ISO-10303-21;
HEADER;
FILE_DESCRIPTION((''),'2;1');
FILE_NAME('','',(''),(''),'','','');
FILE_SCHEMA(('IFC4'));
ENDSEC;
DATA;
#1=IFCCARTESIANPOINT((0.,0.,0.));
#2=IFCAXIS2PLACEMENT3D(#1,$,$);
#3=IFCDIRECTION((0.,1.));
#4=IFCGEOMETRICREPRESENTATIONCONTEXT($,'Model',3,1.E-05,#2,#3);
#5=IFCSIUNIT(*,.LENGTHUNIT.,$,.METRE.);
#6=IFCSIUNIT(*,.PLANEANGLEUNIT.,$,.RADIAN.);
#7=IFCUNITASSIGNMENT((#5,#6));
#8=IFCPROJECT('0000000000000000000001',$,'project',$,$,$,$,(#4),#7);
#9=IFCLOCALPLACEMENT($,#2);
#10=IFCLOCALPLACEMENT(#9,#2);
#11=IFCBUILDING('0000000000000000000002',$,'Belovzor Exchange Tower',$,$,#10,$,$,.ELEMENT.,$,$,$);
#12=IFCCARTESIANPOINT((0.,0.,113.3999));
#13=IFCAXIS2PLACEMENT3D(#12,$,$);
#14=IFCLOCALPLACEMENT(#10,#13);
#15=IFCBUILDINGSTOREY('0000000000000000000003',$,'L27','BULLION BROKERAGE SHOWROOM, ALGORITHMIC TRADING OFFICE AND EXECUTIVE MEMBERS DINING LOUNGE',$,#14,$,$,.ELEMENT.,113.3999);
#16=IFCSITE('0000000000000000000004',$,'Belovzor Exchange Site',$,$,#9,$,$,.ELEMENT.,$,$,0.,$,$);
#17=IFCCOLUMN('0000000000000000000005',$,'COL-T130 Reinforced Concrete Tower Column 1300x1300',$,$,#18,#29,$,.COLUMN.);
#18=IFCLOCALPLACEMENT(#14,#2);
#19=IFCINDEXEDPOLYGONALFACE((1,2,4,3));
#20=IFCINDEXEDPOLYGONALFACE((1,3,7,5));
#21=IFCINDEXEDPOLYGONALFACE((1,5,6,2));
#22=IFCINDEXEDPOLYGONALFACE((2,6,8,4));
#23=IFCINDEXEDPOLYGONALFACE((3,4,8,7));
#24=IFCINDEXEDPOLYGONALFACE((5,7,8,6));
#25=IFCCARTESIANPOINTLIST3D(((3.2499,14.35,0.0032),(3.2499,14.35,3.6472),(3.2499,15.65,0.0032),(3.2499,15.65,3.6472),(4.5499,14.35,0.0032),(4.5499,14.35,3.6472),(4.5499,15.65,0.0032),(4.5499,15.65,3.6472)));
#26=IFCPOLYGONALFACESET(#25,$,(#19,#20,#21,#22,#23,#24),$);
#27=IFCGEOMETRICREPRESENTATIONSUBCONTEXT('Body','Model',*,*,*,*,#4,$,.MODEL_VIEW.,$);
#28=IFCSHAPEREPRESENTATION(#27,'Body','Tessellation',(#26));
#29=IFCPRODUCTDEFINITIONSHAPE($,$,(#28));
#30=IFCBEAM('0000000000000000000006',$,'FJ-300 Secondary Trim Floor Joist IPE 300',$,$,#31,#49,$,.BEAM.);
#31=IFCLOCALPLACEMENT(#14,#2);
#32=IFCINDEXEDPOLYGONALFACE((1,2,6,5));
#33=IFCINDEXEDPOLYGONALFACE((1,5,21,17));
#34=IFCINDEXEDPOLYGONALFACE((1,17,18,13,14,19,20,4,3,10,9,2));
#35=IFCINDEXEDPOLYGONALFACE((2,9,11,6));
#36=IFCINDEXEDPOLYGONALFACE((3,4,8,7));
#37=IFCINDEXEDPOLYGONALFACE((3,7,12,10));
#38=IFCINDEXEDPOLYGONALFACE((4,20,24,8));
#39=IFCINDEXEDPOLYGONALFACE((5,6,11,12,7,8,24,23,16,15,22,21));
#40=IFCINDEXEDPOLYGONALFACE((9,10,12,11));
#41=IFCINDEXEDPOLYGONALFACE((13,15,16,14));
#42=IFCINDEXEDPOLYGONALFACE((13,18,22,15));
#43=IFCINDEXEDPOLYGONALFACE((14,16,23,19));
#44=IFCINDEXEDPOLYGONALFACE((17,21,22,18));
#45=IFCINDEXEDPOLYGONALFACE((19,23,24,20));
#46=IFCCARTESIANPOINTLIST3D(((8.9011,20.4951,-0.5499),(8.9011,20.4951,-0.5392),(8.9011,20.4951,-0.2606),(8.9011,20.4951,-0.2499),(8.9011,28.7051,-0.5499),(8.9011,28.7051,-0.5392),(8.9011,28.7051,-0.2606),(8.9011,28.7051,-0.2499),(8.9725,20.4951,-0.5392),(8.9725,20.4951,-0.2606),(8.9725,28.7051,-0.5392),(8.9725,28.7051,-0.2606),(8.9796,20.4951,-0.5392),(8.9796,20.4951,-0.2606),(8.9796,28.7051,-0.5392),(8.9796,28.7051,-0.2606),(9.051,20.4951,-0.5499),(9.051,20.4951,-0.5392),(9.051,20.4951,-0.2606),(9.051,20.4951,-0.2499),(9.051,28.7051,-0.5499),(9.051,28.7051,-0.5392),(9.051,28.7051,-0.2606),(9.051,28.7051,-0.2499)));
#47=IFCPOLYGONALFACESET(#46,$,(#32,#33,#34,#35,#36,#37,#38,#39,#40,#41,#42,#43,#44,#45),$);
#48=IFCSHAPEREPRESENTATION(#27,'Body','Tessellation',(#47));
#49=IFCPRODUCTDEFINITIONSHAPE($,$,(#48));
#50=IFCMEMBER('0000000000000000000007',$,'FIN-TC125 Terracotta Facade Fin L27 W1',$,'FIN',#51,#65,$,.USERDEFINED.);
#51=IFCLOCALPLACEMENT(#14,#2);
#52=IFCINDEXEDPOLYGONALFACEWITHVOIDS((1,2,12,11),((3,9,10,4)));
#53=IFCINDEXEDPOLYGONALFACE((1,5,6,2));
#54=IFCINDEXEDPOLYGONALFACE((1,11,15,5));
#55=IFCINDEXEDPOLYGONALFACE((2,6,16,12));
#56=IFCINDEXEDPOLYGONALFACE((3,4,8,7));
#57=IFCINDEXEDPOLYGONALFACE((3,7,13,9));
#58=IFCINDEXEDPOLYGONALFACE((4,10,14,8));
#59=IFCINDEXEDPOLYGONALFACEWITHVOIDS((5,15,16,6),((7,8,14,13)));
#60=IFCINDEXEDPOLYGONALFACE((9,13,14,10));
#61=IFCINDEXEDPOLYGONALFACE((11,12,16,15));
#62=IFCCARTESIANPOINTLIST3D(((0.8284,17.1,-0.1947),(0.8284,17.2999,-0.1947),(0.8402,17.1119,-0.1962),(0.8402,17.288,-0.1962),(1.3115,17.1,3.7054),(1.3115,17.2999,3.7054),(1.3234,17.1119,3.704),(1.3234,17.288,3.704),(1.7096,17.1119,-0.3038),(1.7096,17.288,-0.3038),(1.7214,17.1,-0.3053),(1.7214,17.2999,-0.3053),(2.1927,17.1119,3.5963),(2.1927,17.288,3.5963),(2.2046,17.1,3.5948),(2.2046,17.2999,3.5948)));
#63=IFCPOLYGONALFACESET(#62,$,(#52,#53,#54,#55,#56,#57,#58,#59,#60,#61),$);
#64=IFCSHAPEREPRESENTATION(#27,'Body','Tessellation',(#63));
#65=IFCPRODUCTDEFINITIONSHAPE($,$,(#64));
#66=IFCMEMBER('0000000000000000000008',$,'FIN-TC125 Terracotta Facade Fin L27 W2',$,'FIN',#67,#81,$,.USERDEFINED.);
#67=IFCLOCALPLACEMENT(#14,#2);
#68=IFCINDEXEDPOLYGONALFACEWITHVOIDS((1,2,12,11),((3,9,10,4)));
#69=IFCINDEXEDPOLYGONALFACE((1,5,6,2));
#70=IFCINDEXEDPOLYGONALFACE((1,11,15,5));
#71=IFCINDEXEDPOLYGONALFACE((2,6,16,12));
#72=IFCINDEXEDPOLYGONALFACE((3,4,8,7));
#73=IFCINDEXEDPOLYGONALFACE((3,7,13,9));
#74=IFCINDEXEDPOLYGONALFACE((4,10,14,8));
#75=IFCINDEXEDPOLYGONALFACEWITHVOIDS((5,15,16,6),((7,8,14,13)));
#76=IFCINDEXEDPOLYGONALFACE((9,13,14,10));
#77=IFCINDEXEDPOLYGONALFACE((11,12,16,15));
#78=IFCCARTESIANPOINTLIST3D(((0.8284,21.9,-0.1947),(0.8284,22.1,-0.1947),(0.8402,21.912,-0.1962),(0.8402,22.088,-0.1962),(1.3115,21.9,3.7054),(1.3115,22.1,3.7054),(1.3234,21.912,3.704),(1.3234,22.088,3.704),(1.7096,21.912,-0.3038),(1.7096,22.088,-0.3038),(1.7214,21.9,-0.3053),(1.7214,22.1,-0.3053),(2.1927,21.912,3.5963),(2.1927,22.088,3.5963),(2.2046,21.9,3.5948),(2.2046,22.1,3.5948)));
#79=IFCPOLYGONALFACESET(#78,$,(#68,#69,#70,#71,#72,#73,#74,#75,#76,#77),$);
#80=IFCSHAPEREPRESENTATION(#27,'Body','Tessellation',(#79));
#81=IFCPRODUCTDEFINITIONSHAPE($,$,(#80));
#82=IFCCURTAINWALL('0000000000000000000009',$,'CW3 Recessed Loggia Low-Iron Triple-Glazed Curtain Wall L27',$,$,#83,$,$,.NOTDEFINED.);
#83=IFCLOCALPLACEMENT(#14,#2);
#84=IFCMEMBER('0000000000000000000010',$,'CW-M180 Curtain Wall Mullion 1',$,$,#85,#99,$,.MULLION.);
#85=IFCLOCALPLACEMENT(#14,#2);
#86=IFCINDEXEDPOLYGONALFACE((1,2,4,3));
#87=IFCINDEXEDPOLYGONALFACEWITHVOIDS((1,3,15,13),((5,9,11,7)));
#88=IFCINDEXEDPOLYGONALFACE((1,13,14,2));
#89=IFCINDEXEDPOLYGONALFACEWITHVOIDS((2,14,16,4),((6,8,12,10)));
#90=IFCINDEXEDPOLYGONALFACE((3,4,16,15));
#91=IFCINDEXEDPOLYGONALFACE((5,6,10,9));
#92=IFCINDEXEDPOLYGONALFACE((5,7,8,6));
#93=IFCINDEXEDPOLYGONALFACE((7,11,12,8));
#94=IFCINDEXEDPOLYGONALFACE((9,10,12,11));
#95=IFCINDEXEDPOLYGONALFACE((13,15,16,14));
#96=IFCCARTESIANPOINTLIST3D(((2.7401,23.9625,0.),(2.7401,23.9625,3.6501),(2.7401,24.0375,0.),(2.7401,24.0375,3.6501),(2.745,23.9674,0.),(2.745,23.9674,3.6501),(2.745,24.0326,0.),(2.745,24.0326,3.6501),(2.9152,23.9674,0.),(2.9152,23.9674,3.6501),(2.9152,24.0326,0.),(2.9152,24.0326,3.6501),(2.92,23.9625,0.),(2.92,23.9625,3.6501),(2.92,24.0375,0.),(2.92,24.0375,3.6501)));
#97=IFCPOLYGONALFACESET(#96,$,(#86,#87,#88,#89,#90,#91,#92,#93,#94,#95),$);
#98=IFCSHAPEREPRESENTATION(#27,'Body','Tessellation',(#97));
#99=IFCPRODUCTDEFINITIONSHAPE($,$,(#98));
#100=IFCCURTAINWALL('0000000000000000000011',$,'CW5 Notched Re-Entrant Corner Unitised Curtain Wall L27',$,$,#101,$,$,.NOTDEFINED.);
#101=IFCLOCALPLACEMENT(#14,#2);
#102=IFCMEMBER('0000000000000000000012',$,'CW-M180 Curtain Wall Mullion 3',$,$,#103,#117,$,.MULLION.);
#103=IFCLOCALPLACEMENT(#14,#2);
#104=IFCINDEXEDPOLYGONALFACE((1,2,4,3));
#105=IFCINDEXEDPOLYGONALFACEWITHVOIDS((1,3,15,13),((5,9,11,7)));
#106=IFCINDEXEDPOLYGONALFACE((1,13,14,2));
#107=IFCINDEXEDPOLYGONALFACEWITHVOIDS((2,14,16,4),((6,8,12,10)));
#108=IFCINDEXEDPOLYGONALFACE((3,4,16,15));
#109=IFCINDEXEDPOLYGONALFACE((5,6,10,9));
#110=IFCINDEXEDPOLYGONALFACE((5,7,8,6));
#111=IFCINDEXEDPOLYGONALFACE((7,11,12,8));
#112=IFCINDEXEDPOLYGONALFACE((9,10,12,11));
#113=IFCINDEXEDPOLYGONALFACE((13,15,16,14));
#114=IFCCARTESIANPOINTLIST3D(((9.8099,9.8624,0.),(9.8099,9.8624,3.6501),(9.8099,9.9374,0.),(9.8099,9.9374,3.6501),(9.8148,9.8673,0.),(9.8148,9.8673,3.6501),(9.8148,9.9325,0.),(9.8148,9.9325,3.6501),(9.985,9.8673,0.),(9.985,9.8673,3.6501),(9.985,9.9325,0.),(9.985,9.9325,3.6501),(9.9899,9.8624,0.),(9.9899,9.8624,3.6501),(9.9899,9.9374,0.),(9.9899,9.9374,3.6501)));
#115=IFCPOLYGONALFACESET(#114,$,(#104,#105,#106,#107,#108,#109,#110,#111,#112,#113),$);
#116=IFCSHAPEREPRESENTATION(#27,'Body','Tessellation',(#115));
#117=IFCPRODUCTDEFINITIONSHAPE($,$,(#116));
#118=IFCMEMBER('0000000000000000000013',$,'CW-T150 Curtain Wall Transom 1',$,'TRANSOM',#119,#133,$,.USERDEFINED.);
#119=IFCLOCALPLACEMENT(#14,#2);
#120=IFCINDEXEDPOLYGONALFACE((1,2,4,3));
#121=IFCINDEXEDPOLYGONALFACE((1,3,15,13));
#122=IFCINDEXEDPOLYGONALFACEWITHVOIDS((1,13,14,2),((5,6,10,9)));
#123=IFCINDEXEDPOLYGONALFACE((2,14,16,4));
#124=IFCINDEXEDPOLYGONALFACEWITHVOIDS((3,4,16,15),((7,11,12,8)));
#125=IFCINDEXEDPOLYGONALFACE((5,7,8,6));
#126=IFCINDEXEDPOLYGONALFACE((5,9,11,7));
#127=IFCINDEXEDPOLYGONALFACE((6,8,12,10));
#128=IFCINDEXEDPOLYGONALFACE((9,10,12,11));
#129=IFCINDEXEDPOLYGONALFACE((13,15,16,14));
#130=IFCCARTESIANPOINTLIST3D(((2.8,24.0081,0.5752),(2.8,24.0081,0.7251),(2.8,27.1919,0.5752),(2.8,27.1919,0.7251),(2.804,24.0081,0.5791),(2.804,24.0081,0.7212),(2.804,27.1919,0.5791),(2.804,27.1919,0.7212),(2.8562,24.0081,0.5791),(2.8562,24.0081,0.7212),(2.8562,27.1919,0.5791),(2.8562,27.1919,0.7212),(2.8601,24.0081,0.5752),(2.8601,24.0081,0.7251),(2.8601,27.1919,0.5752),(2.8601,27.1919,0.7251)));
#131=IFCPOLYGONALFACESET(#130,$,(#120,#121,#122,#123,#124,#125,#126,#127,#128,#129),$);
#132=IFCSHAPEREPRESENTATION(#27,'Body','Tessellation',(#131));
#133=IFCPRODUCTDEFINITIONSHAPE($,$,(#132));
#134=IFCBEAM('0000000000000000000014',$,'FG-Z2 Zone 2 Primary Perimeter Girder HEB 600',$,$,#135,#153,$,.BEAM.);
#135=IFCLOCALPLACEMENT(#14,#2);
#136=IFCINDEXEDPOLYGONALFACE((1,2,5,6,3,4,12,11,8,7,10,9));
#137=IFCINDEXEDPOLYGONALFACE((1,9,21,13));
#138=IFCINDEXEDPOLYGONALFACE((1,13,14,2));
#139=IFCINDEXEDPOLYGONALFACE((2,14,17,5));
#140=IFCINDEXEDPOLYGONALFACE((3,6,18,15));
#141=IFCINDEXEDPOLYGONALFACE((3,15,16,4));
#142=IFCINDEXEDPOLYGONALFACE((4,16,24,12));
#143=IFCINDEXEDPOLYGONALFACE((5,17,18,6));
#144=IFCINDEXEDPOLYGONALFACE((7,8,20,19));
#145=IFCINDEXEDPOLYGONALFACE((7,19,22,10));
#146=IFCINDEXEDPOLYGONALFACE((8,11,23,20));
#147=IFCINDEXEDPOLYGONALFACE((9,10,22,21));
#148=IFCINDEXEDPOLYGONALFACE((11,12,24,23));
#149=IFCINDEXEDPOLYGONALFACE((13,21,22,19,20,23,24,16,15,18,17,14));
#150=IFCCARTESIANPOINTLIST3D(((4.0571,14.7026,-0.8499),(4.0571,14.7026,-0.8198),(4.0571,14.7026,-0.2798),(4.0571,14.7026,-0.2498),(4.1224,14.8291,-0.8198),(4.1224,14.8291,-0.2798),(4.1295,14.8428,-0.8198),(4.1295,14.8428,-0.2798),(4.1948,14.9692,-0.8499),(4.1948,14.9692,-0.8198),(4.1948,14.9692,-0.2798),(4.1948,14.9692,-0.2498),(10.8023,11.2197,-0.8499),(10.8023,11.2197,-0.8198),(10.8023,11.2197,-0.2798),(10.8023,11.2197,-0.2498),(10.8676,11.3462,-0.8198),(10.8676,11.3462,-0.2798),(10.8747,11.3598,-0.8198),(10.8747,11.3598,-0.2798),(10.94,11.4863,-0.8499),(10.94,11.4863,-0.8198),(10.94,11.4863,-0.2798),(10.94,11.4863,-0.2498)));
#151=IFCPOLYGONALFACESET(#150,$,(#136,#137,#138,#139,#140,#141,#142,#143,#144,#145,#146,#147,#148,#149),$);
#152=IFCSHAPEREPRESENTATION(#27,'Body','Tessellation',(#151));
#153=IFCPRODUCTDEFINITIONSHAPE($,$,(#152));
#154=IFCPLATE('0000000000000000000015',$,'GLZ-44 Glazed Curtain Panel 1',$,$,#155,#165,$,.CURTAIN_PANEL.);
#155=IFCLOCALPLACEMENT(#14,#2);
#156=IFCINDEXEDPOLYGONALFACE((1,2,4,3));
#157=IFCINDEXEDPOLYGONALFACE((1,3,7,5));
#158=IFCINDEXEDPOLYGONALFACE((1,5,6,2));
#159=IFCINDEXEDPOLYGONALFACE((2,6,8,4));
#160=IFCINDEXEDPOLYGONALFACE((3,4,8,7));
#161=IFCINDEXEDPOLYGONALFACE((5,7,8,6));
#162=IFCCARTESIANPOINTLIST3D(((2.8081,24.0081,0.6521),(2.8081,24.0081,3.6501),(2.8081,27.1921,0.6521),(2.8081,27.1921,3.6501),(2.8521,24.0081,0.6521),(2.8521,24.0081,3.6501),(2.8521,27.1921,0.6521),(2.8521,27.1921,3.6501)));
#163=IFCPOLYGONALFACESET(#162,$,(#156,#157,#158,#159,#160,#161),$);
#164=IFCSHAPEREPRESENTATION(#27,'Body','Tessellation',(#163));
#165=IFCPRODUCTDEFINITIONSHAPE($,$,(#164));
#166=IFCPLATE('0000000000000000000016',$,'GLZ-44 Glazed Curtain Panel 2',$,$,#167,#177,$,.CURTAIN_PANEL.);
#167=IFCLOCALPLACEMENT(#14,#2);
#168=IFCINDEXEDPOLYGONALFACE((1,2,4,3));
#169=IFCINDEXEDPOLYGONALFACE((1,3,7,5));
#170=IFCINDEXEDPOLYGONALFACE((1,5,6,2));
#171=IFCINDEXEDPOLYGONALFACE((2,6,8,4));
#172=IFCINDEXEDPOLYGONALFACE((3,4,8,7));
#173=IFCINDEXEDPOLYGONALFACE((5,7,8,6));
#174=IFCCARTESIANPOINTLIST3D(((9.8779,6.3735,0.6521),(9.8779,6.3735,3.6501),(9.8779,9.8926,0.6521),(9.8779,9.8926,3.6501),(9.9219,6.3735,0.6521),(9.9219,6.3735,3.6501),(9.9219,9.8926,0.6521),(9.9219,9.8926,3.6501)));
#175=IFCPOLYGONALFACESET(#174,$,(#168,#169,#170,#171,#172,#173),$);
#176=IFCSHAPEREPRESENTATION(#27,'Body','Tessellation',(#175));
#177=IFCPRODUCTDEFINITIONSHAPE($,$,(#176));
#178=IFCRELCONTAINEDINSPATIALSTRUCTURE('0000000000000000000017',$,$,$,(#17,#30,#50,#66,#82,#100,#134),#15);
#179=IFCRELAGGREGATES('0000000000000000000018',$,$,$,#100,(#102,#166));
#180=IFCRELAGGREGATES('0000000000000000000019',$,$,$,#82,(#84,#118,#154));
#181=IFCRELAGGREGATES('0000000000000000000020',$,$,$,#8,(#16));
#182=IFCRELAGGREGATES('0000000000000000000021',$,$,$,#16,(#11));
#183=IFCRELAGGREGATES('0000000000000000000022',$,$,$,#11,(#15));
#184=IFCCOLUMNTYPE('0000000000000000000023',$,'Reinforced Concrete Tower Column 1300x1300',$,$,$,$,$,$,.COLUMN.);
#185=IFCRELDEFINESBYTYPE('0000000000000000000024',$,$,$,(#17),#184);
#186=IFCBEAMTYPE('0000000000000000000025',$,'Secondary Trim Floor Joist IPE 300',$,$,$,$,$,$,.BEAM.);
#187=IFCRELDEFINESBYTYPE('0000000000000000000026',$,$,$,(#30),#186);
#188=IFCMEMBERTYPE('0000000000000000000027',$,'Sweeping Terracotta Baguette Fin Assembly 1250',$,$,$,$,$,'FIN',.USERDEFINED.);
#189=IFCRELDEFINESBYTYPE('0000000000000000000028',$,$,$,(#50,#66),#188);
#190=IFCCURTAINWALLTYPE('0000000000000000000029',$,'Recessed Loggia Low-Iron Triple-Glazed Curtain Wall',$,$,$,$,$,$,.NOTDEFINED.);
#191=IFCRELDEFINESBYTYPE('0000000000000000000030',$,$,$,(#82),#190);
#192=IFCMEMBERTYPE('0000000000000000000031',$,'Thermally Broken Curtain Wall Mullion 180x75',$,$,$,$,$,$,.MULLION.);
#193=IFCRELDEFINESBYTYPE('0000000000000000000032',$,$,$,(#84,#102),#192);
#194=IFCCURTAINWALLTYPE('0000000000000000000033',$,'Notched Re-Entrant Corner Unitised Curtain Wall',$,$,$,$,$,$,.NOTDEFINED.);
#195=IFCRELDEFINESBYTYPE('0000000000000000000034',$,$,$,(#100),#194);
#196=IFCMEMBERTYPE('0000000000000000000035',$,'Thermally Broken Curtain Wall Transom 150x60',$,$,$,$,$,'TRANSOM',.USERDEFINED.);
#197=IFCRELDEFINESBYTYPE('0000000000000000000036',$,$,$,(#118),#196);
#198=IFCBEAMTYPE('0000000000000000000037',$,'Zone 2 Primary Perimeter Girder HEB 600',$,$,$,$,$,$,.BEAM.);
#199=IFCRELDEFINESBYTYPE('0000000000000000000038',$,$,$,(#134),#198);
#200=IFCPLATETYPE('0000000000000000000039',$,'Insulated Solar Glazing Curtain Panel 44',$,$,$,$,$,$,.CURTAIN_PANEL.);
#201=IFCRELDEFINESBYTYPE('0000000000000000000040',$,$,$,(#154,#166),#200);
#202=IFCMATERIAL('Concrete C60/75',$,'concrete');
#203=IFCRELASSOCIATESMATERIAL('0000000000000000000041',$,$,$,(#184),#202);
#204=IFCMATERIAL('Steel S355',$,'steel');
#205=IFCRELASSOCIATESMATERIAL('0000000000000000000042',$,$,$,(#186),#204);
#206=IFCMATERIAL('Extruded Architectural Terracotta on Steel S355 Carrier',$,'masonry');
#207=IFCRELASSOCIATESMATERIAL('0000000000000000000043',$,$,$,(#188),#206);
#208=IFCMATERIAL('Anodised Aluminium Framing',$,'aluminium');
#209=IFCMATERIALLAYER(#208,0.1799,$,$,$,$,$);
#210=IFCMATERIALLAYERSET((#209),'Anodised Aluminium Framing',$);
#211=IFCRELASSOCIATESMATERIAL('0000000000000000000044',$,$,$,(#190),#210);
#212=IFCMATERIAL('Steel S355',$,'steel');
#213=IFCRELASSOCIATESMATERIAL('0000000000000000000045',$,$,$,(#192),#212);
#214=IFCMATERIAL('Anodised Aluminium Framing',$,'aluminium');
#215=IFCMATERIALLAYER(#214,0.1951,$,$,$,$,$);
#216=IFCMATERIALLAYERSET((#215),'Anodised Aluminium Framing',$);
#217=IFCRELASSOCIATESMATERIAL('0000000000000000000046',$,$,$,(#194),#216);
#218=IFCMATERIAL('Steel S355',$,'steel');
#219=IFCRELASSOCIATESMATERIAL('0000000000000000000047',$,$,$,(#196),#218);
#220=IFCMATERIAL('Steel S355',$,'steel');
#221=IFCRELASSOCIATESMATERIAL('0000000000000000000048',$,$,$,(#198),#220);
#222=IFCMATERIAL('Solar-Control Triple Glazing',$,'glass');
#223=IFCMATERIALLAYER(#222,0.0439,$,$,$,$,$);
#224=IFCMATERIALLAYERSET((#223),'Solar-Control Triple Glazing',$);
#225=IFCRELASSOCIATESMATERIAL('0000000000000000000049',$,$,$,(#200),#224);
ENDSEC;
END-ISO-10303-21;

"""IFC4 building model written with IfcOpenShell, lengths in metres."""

from ifc_helpers import new_model, si_unit, direction, frame, origin, origin_2d, place, context, subcontext, project, spatial, rectangle, hollow_rectangle, i_section, extrude, material, layer, layer_set, material_profile, profile_set, type_object, element, aggregate, save


model = new_model("IFC4")

# Units and contexts
model_context = context("Model", 3, precision=1e-05, world=origin(), true_north=direction((0.0, 1.0)))
body_context = subcontext(model_context, "Body", "Model", "MODEL_VIEW")
ifc_project = project(units=[si_unit("LENGTHUNIT", "METRE"), si_unit("PLANEANGLEUNIT", "RADIAN")], contexts=[model_context])

# Site, building, storey
site_placement = place(None, origin())
site = spatial("IfcSite", under=ifc_project, at=site_placement, Name="Belovzor Exchange Site", CompositionType="ELEMENT", RefElevation=0.0)
building_placement = place(site_placement, origin())
building = spatial("IfcBuilding", under=site, at=building_placement, Name="Belovzor Exchange Tower", CompositionType="ELEMENT")
storey_placement = place(building_placement, frame((0.0, 0.0, 113.3999)))
storey = spatial("IfcBuildingStorey", under=building, at=storey_placement, Name="L27", Description="BULLION BROKERAGE SHOWROOM, ALGORITHMIC TRADING OFFICE AND EXECUTIVE MEMBERS DINING LOUNGE", CompositionType="ELEMENT", Elevation=113.3999)

# Column
ifc_material_1 = material(Name="Concrete C60/75", Category="concrete")
ifc_material_profile_1 = material_profile(ifc_material_1, rectangle(XDim=1.3, YDim=1.3, at=origin_2d()))
ifc_profile_set_1 = profile_set([ifc_material_profile_1], Name="Concrete C60/75")
column_type = type_object("IfcColumnType", Name="Reinforced Concrete Tower Column 1300x1300", PredefinedType="COLUMN", material=ifc_profile_set_1)
column_placement = place(storey_placement, frame((3.8999, 15.0, 0.0032), z_axis=(0.0, 0.0, 1.0), x_axis=(1.0, 0.0, 0.0)))
element("IfcColumn", 1, at=column_placement, inside=storey, type_object=column_type, Name="COL-T130 Reinforced Concrete Tower Column 1300x1300", PredefinedType="COLUMN", context=body_context, shape_type="SweptSolid", body=[
    extrude(rectangle(XDim=1.3, YDim=1.3, at=origin_2d()), origin(), (0.0, 0.0, 1.0), 3.644),
])

# Beam
ifc_material_2 = material(Name="Steel S355", Category="steel")
ifc_material_profile_2 = material_profile(ifc_material_2, i_section(OverallWidth=0.1499, OverallDepth=0.3, WebThickness=0.0071, FlangeThickness=0.0107, at=origin_2d()))
ifc_profile_set_2 = profile_set([ifc_material_profile_2], Name="Steel S355")
beam_type_1 = type_object("IfcBeamType", Name="Secondary Trim Floor Joist IPE 300", PredefinedType="BEAM", material=ifc_profile_set_2)
beam_1_placement = place(storey_placement, frame((8.9761, 20.4951, -0.3999), z_axis=(0.0, 1.0, 0.0), x_axis=(-1.0, 0.0, 0.0)))
element("IfcBeam", 2, at=beam_1_placement, inside=storey, type_object=beam_type_1, Name="FJ-300 Secondary Trim Floor Joist IPE 300", PredefinedType="BEAM", context=body_context, shape_type="SweptSolid", body=[
    extrude(i_section(OverallWidth=0.1499, OverallDepth=0.3, WebThickness=0.0071, FlangeThickness=0.0107, at=origin_2d()), origin(), (0.0, 0.0, 1.0), 8.21),
])

# Members
ifc_material_3 = material(Name="Extruded Architectural Terracotta on Steel S355 Carrier", Category="masonry")
ifc_material_profile_3 = material_profile(ifc_material_3, hollow_rectangle(XDim=0.2, YDim=0.8999, WallThickness=0.012, at=origin_2d()))
ifc_profile_set_3 = profile_set([ifc_material_profile_3], Name="Extruded Architectural Terracotta on Steel S355 Carrier")
member_type_1 = type_object("IfcMemberType", Name="Sweeping Terracotta Baguette Fin Assembly 1250", ElementType="FIN", PredefinedType="USERDEFINED", material=ifc_profile_set_3)
for number, where, z_axis, x_axis, name in (
    (3, (1.2749, 17.2, -0.25), (0.122941, 0.0, 0.992414), (0.0, 1.0, 0.0), "FIN-TC125 Terracotta Facade Fin L27 W1"),
    (4, (1.2749, 22.0, -0.25), (0.122941, 0.0, 0.992414), (0.0, 1.0, 0.0), "FIN-TC125 Terracotta Facade Fin L27 W2"),
):
    element("IfcMember", number, at=place(storey_placement, frame(where, z_axis=z_axis, x_axis=x_axis)), inside=storey, type_object=member_type_1, Name=name, ObjectType="FIN", PredefinedType="USERDEFINED", context=body_context, shape_type="SweptSolid", body=[
        extrude(hollow_rectangle(XDim=0.2, YDim=0.8999, WallThickness=0.012, at=origin_2d()), origin(), (0.0, 0.0, 1.0), 3.9299),
    ])

# Curtain walls, members
ifc_material_4 = material(Name="Anodised Aluminium Framing", Category="aluminium")
ifc_layer_1 = layer(ifc_material_4, 0.1799)
ifc_layer_set_1 = layer_set([ifc_layer_1], Name="Anodised Aluminium Framing")
curtain_wall_type_1 = type_object("IfcCurtainWallType", Name="Recessed Loggia Low-Iron Triple-Glazed Curtain Wall", PredefinedType="NOTDEFINED", material=ifc_layer_set_1)
curtain_wall_1_placement = place(storey_placement, origin())
curtain_wall_1 = element("IfcCurtainWall", 5, at=curtain_wall_1_placement, inside=storey, type_object=curtain_wall_type_1, Name="CW3 Recessed Loggia Low-Iron Triple-Glazed Curtain Wall L27", PredefinedType="NOTDEFINED")
ifc_material_5 = material(Name="Steel S355", Category="steel")
ifc_material_profile_4 = material_profile(ifc_material_5, hollow_rectangle(XDim=0.075, YDim=0.1799, WallThickness=0.0049, at=origin_2d()))
ifc_profile_set_4 = profile_set([ifc_material_profile_4], Name="Steel S355")
member_type_2 = type_object("IfcMemberType", Name="Thermally Broken Curtain Wall Mullion 180x75", PredefinedType="MULLION", material=ifc_profile_set_4)
member_1_placement = place(storey_placement, frame((2.8301, 24.0, 0.0), z_axis=(0.0, 0.0, 1.0), x_axis=(0.0, 1.0, 0.0)))
member_1 = element("IfcMember", 6, at=member_1_placement, type_object=member_type_2, Name="CW-M180 Curtain Wall Mullion 1", PredefinedType="MULLION", context=body_context, shape_type="SweptSolid", body=[
    extrude(hollow_rectangle(XDim=0.075, YDim=0.1799, WallThickness=0.0049, at=origin_2d()), origin(), (0.0, 0.0, 1.0), 3.6501),
])
ifc_material_6 = material(Name="Anodised Aluminium Framing", Category="aluminium")
ifc_layer_2 = layer(ifc_material_6, 0.1951)
ifc_layer_set_2 = layer_set([ifc_layer_2], Name="Anodised Aluminium Framing")
curtain_wall_type_2 = type_object("IfcCurtainWallType", Name="Notched Re-Entrant Corner Unitised Curtain Wall", PredefinedType="NOTDEFINED", material=ifc_layer_set_2)
curtain_wall_2_placement = place(storey_placement, origin())
curtain_wall_2 = element("IfcCurtainWall", 7, at=curtain_wall_2_placement, inside=storey, type_object=curtain_wall_type_2, Name="CW5 Notched Re-Entrant Corner Unitised Curtain Wall L27", PredefinedType="NOTDEFINED")
member_2_placement = place(storey_placement, frame((9.8999, 9.8999, 0.0), z_axis=(0.0, 0.0, 1.0), x_axis=(0.0, 1.0, 0.0)))
member_2 = element("IfcMember", 8, at=member_2_placement, type_object=member_type_2, Name="CW-M180 Curtain Wall Mullion 3", PredefinedType="MULLION", context=body_context, shape_type="SweptSolid", body=[
    extrude(hollow_rectangle(XDim=0.075, YDim=0.1799, WallThickness=0.0049, at=origin_2d()), origin(), (0.0, 0.0, 1.0), 3.6501),
])

# Member
ifc_material_7 = material(Name="Steel S355", Category="steel")
ifc_material_profile_5 = material_profile(ifc_material_7, hollow_rectangle(XDim=0.0601, YDim=0.1499, WallThickness=0.0039, at=origin_2d()))
ifc_profile_set_5 = profile_set([ifc_material_profile_5], Name="Steel S355")
member_type_3 = type_object("IfcMemberType", Name="Thermally Broken Curtain Wall Transom 150x60", ElementType="TRANSOM", PredefinedType="USERDEFINED", material=ifc_profile_set_5)
member_3_placement = place(storey_placement, frame((2.8301, 24.0081, 0.6501), z_axis=(0.0, 1.0, 0.0), x_axis=(-1.0, 0.0, 0.0)))
member_3 = element("IfcMember", 9, at=member_3_placement, type_object=member_type_3, Name="CW-T150 Curtain Wall Transom 1", ObjectType="TRANSOM", PredefinedType="USERDEFINED", context=body_context, shape_type="SweptSolid", body=[
    extrude(hollow_rectangle(XDim=0.0601, YDim=0.1499, WallThickness=0.0039, at=origin_2d()), origin(), (0.0, 0.0, 1.0), 3.1838),
])

# Beam
ifc_material_8 = material(Name="Steel S355", Category="steel")
ifc_material_profile_6 = material_profile(ifc_material_8, i_section(OverallWidth=0.3, OverallDepth=0.6001, WebThickness=0.0154, FlangeThickness=0.03, at=origin_2d()))
ifc_profile_set_6 = profile_set([ifc_material_profile_6], Name="Steel S355")
beam_type_2 = type_object("IfcBeamType", Name="Zone 2 Primary Perimeter Girder HEB 600", PredefinedType="BEAM", material=ifc_profile_set_6)
beam_2_placement = place(storey_placement, frame((4.126, 14.8359, -0.5498), z_axis=(0.888537, -0.458805, 0.0), x_axis=(0.458805, 0.888537, 0.0)))
element("IfcBeam", 10, at=beam_2_placement, inside=storey, type_object=beam_type_2, Name="FG-Z2 Zone 2 Primary Perimeter Girder HEB 600", PredefinedType="BEAM", context=body_context, shape_type="SweptSolid", body=[
    extrude(i_section(OverallWidth=0.3, OverallDepth=0.6001, WebThickness=0.0154, FlangeThickness=0.03, at=origin_2d()), origin(), (0.0, 0.0, 1.0), 7.5913),
])

# Plates
ifc_material_9 = material(Name="Solar-Control Triple Glazing", Category="glass")
ifc_layer_3 = layer(ifc_material_9, 0.0439)
ifc_layer_set_3 = layer_set([ifc_layer_3], Name="Solar-Control Triple Glazing")
plate_type_1 = type_object("IfcPlateType", Name="Insulated Solar Glazing Curtain Panel 44", PredefinedType="CURTAIN_PANEL", material=ifc_layer_set_3)
plate_1_placement = place(storey_placement, frame((2.8301, 25.6001, 0.6521), z_axis=(0.0, 0.0, 1.0), x_axis=(0.0, 1.0, 0.0)))
plate_1 = element("IfcPlate", 11, at=plate_1_placement, type_object=plate_type_1, Name="GLZ-44 Glazed Curtain Panel 1", PredefinedType="CURTAIN_PANEL", context=body_context, shape_type="SweptSolid", body=[
    extrude(rectangle(XDim=3.1841, YDim=0.0439, at=origin_2d()), origin(), (0.0, 0.0, 1.0), 2.998),
])
plate_2_placement = place(storey_placement, frame((9.8999, 8.1331, 0.6521), z_axis=(0.0, 0.0, 1.0), x_axis=(0.0, 1.0, 0.0)))
plate_2 = element("IfcPlate", 12, at=plate_2_placement, type_object=plate_type_1, Name="GLZ-44 Glazed Curtain Panel 2", PredefinedType="CURTAIN_PANEL", context=body_context, shape_type="SweptSolid", body=[
    extrude(rectangle(XDim=3.519, YDim=0.0439, at=origin_2d()), origin(), (0.0, 0.0, 1.0), 2.998),
])
aggregate(curtain_wall_2, [member_2, plate_2])

aggregate(curtain_wall_1, [member_1, member_3, plate_1])

save(model, "model.ifc")
